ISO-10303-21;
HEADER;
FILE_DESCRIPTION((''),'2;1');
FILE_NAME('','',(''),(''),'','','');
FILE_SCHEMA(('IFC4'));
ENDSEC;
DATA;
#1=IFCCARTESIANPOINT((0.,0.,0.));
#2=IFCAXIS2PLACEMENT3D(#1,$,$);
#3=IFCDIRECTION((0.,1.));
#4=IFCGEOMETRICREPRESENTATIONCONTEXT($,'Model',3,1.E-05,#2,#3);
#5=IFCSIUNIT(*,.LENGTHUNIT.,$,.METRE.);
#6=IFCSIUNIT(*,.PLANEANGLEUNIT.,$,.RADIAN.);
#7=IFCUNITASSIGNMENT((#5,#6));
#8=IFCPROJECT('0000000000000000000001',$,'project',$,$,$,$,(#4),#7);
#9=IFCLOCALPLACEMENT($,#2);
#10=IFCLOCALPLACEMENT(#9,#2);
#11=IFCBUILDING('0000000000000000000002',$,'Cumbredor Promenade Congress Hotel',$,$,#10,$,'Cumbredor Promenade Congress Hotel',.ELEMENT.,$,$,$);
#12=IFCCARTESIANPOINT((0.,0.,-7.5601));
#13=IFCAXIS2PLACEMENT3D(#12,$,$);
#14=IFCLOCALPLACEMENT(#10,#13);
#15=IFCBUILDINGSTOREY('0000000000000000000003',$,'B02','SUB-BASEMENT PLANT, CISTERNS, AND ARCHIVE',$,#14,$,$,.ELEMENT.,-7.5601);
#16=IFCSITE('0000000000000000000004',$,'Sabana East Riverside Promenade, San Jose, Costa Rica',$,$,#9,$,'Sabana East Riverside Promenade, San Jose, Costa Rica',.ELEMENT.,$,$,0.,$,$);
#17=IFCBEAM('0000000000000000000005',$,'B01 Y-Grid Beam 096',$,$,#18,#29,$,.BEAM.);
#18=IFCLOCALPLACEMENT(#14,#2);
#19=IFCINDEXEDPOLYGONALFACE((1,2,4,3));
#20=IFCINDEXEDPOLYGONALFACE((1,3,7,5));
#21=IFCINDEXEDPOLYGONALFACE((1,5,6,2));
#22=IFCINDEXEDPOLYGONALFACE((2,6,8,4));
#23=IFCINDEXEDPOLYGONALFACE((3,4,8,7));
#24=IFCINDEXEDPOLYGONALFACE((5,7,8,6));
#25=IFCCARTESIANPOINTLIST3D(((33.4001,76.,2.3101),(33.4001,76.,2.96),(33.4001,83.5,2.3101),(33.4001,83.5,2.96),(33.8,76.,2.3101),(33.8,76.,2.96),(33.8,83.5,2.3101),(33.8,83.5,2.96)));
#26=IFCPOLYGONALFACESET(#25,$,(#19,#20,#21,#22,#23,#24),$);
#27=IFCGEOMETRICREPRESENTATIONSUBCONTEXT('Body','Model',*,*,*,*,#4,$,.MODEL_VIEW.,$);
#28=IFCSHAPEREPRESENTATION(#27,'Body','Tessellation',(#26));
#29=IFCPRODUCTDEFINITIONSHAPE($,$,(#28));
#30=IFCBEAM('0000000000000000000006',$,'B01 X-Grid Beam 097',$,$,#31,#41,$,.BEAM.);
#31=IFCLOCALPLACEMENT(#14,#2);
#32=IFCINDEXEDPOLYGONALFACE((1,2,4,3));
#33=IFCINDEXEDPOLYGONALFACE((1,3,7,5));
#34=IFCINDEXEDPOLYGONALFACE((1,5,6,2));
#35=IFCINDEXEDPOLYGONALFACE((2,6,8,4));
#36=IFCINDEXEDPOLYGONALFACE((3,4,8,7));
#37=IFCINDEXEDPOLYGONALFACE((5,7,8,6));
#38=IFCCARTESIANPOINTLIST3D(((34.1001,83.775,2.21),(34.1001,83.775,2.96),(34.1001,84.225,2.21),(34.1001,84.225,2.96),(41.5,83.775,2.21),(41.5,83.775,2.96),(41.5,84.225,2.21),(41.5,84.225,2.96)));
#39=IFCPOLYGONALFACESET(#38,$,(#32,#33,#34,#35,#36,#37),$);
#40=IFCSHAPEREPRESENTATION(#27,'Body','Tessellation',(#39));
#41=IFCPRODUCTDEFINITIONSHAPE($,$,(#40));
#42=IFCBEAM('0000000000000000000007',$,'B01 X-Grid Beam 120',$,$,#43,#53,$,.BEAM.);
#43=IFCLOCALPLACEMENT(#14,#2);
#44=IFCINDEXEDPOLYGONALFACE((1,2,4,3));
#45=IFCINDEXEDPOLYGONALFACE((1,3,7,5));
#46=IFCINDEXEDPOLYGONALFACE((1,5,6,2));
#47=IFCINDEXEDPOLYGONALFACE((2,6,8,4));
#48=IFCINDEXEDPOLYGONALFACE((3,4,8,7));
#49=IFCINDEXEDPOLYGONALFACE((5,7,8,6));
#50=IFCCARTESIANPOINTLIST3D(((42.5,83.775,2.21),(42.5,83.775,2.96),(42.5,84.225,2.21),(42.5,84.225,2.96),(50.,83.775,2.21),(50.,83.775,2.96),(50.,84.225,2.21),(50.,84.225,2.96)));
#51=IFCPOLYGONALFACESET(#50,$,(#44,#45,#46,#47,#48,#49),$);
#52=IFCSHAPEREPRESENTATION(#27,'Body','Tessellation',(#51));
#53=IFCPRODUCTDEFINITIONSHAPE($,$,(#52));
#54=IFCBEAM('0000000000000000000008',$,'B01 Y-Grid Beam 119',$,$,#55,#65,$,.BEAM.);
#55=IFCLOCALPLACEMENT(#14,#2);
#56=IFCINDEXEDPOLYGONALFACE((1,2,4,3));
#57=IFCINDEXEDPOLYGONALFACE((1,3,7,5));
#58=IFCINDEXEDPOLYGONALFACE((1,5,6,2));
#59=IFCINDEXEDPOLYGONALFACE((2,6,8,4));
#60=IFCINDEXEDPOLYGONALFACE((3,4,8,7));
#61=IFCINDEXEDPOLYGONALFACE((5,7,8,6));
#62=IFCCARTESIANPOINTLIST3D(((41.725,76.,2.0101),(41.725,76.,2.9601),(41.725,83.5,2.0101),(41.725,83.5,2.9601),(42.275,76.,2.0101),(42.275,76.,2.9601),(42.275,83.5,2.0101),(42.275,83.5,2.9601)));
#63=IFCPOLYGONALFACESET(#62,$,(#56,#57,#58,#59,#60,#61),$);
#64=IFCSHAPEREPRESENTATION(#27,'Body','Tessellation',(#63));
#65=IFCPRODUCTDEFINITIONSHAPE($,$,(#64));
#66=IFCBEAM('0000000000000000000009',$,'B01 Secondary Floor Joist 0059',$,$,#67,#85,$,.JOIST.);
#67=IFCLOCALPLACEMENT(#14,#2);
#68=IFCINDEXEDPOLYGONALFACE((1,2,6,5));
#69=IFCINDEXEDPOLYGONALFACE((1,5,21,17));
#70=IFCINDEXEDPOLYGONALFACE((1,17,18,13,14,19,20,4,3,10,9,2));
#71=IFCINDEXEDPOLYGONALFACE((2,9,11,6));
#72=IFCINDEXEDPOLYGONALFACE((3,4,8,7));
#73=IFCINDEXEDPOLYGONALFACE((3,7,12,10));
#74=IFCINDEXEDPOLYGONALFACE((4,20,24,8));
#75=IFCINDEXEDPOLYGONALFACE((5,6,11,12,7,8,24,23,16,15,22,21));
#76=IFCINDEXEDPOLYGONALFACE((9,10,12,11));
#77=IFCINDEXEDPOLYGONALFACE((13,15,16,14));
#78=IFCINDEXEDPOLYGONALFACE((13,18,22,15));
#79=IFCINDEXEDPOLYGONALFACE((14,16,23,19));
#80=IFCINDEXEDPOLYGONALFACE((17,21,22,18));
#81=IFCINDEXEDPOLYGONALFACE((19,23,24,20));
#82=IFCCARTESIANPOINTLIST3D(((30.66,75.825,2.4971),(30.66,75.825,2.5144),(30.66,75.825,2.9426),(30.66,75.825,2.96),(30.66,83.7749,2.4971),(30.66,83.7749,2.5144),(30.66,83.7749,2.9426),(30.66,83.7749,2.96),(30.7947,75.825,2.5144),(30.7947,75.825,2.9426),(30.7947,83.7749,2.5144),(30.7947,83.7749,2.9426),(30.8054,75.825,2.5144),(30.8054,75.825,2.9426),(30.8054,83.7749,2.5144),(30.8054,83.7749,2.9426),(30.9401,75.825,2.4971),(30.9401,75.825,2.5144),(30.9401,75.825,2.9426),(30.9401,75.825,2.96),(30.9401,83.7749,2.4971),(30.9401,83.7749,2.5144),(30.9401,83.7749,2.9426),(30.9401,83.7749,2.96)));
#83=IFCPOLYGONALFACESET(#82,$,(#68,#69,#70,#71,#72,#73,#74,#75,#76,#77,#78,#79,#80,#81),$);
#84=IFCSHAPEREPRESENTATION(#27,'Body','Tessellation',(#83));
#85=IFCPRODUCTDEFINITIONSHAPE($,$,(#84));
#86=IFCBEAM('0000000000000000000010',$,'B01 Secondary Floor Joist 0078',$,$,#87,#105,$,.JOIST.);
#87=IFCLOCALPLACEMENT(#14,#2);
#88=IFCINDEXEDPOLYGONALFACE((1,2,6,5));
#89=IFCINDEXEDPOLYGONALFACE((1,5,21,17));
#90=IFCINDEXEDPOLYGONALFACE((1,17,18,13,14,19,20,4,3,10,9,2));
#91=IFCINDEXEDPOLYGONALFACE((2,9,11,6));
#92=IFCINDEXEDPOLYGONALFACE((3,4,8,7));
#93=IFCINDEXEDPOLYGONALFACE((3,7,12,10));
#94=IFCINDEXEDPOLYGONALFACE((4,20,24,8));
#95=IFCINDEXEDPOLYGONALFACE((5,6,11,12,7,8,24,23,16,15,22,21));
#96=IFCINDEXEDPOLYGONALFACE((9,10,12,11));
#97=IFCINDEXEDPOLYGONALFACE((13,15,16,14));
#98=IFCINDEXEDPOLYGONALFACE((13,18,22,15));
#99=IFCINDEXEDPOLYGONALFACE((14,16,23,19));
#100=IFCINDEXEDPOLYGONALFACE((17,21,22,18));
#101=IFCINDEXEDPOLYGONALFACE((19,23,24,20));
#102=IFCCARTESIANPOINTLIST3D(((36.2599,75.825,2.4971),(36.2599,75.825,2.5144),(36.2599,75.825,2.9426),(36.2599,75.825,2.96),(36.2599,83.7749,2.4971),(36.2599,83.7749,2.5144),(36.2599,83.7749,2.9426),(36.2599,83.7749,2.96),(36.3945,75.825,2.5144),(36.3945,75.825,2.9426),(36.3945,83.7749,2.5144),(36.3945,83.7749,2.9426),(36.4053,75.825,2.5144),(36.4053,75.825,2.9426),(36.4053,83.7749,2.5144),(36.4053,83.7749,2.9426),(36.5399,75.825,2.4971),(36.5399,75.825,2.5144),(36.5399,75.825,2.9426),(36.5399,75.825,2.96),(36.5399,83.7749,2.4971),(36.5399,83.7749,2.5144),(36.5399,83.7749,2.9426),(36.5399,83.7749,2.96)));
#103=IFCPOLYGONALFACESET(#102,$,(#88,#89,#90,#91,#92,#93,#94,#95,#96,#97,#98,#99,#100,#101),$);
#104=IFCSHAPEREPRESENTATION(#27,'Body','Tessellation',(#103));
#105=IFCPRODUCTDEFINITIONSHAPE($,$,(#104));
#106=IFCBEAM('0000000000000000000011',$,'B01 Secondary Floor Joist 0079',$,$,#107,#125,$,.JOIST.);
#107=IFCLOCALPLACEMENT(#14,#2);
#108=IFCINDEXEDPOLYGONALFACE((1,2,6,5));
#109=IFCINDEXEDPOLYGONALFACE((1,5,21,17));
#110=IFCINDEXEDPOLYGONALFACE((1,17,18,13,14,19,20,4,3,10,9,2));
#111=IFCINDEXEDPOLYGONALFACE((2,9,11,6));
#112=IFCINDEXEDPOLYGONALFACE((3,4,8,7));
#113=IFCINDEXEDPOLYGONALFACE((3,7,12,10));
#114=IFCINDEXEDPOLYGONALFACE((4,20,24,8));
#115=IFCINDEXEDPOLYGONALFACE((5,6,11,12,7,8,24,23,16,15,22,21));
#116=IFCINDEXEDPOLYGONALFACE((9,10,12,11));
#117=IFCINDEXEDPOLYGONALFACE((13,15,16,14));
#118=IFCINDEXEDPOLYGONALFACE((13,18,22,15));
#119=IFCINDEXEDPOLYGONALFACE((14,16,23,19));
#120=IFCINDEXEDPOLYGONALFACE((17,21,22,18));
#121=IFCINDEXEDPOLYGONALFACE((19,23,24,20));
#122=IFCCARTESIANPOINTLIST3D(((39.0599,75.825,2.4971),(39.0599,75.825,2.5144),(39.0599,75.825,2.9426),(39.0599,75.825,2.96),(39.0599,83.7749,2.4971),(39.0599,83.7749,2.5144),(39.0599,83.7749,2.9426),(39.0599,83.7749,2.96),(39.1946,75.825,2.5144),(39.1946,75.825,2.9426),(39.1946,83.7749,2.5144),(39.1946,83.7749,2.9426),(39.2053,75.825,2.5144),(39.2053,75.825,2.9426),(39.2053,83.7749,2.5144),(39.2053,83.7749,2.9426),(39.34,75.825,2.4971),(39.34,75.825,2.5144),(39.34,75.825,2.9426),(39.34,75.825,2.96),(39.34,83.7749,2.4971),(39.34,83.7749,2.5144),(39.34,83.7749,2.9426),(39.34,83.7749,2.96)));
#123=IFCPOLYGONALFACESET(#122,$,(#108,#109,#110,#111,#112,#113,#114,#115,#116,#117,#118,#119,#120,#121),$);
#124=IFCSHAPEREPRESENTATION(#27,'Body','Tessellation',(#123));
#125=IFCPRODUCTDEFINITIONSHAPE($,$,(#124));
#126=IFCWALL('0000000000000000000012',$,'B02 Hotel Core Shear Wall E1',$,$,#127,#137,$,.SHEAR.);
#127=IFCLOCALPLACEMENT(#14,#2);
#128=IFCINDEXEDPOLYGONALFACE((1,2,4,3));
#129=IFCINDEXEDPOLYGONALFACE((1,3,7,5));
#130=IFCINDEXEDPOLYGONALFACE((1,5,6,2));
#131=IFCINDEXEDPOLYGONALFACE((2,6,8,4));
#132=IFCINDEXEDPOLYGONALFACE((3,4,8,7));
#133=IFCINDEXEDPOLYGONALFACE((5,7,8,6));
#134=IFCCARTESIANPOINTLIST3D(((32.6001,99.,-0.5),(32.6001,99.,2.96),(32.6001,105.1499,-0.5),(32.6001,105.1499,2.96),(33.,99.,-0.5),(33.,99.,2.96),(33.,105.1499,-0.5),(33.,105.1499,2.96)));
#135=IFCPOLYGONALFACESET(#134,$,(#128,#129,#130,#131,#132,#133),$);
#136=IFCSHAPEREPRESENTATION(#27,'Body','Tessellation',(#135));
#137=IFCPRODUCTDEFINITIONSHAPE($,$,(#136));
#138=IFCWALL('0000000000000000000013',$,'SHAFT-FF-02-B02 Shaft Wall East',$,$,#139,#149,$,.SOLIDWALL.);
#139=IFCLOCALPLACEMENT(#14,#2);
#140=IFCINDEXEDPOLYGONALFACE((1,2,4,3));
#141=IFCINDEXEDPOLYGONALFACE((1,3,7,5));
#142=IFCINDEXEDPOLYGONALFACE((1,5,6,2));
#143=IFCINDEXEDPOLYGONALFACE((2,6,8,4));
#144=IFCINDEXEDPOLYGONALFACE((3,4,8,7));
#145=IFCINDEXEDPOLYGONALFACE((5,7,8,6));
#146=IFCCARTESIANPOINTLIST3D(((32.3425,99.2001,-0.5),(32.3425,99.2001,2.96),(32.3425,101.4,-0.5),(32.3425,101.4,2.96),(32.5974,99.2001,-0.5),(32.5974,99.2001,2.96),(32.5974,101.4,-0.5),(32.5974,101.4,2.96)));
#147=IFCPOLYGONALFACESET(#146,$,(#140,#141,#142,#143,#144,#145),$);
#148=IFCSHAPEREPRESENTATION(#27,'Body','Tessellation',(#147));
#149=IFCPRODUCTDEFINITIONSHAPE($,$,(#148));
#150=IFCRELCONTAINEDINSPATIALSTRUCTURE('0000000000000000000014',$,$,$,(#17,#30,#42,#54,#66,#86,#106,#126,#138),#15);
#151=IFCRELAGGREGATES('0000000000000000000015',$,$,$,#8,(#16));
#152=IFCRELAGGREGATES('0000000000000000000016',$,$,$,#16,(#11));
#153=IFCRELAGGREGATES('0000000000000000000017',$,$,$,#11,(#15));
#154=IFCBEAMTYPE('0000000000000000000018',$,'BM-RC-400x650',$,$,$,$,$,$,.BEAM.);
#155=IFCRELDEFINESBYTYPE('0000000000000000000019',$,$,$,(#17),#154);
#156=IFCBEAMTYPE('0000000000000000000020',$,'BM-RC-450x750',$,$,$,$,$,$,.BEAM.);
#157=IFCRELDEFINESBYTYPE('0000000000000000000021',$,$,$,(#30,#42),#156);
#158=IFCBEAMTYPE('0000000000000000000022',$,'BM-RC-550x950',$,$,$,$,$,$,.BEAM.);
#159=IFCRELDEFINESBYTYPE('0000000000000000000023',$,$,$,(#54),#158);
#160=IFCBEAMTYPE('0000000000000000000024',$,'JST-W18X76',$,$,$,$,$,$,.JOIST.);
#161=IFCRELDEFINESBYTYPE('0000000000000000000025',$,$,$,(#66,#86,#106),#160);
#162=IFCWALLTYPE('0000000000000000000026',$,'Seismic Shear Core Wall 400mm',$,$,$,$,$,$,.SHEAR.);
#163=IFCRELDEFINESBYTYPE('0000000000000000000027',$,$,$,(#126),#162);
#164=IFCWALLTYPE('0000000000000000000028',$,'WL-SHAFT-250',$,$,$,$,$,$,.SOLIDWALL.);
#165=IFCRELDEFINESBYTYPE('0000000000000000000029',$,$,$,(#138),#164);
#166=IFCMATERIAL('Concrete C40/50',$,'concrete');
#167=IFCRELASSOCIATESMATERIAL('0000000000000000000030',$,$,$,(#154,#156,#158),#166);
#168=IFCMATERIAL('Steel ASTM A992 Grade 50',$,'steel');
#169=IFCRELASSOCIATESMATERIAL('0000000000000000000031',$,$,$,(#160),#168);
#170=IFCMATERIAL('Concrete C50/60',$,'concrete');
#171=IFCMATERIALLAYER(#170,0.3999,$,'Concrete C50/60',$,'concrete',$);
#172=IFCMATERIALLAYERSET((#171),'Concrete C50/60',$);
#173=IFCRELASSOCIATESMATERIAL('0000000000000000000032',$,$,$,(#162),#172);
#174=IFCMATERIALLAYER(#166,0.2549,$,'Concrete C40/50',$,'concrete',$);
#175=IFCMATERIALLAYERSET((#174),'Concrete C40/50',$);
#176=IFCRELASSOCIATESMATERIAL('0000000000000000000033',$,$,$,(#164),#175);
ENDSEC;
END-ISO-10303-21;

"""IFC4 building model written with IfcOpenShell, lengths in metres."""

from ifc_helpers import new_model, si_unit, direction, frame, frame_2d, origin, origin_2d, place, context, subcontext, project, spatial, rectangle, i_section, extrude, material, layer, layer_set, material_profile, profile_set, type_object, element, save


model = new_model("IFC4")

# Units and contexts
model_context = context("Model", 3, precision=1e-05, world=origin(), true_north=direction((0.0, 1.0)))
body_context = subcontext(model_context, "Body", "Model", "MODEL_VIEW")
ifc_project = project(units=[si_unit("LENGTHUNIT", "METRE"), si_unit("PLANEANGLEUNIT", "RADIAN")], contexts=[model_context])

# Site, building, storey
site_placement = place(None, origin())
site = spatial("IfcSite", under=ifc_project, at=site_placement, Name="Sabana East Riverside Promenade, San Jose, Costa Rica", LongName="Sabana East Riverside Promenade, San Jose, Costa Rica", CompositionType="ELEMENT", RefElevation=0.0)
building_placement = place(site_placement, origin())
building = spatial("IfcBuilding", under=site, at=building_placement, Name="Cumbredor Promenade Congress Hotel", LongName="Cumbredor Promenade Congress Hotel", CompositionType="ELEMENT")
storey_placement = place(building_placement, frame((0.0, 0.0, -7.5601)))
storey = spatial("IfcBuildingStorey", under=building, at=storey_placement, Name="B02", Description="SUB-BASEMENT PLANT, CISTERNS, AND ARCHIVE", CompositionType="ELEMENT", Elevation=-7.5601)

# Shared definitions
ifc_material_1 = material(Name="Concrete C40/50", Category="concrete")

# Shared definitions
ifc_material_2 = material(Name="Concrete C50/60", Category="concrete")

# Beams
ifc_material_profile_1 = material_profile(ifc_material_1, rectangle(XDim=0.3999, YDim=0.6499, at=origin_2d()), Name="RC BEAM 400x650")
ifc_profile_set_1 = profile_set([ifc_material_profile_1], Name="Concrete C40/50")
beam_type_1 = type_object("IfcBeamType", Name="BM-RC-400x650", PredefinedType="BEAM", material=ifc_profile_set_1)
beam_1_placement = place(storey_placement, frame((33.6001, 76.0, 2.635), z_axis=(0.0, 1.0, 0.0), x_axis=(-1.0, 0.0, 0.0)))
element("IfcBeam", 1, at=beam_1_placement, inside=storey, type_object=beam_type_1, Name="B01 Y-Grid Beam 096", PredefinedType="BEAM", context=body_context, shape_type="SweptSolid", body=[
    extrude(rectangle(XDim=0.3999, YDim=0.6499, at=origin_2d()), origin(), (0.0, 0.0, 1.0), 7.5),
])
ifc_material_profile_2 = material_profile(ifc_material_1, rectangle(XDim=0.45, YDim=0.75, at=origin_2d()), Name="RC BEAM 450x750")
ifc_profile_set_2 = profile_set([ifc_material_profile_2], Name="Concrete C40/50")
beam_type_2 = type_object("IfcBeamType", Name="BM-RC-450x750", PredefinedType="BEAM", material=ifc_profile_set_2)
beam_2_placement = place(storey_placement, frame((34.1001, 84.0, 2.585), z_axis=(1.0, 0.0, 0.0), x_axis=(0.0, 1.0, 0.0)))
element("IfcBeam", 2, at=beam_2_placement, inside=storey, type_object=beam_type_2, Name="B01 X-Grid Beam 097", PredefinedType="BEAM", context=body_context, shape_type="SweptSolid", body=[
    extrude(rectangle(XDim=0.45, YDim=0.75, at=origin_2d()), origin(), (0.0, 0.0, 1.0), 7.3999),
])
beam_3_placement = place(storey_placement, frame((42.5, 84.0, 2.585), z_axis=(1.0, 0.0, 0.0), x_axis=(0.0, 1.0, 0.0)))
element("IfcBeam", 3, at=beam_3_placement, inside=storey, type_object=beam_type_2, Name="B01 X-Grid Beam 120", PredefinedType="BEAM", context=body_context, shape_type="SweptSolid", body=[
    extrude(rectangle(XDim=0.45, YDim=0.75, at=origin_2d()), origin(), (0.0, 0.0, 1.0), 7.5),
])
ifc_material_profile_3 = material_profile(ifc_material_1, rectangle(XDim=0.55, YDim=0.95, at=origin_2d()), Name="RC BEAM 550x950")
ifc_profile_set_3 = profile_set([ifc_material_profile_3], Name="Concrete C40/50")
beam_type_3 = type_object("IfcBeamType", Name="BM-RC-550x950", PredefinedType="BEAM", material=ifc_profile_set_3)
beam_4_placement = place(storey_placement, frame((42.0, 76.0, 2.4851), z_axis=(0.0, 1.0, 0.0), x_axis=(-1.0, 0.0, 0.0)))
element("IfcBeam", 4, at=beam_4_placement, inside=storey, type_object=beam_type_3, Name="B01 Y-Grid Beam 119", PredefinedType="BEAM", context=body_context, shape_type="SweptSolid", body=[
    extrude(rectangle(XDim=0.55, YDim=0.95, at=origin_2d()), origin(), (0.0, 0.0, 1.0), 7.5),
])
ifc_material_3 = material(Name="Steel ASTM A992 Grade 50", Category="steel")
ifc_material_profile_4 = material_profile(ifc_material_3, i_section(OverallWidth=0.28, OverallDepth=0.4629, WebThickness=0.0107, FlangeThickness=0.0173, at=origin_2d()), Name="W18X76")
ifc_profile_set_4 = profile_set([ifc_material_profile_4], Name="Steel ASTM A992 Grade 50")
beam_type_4 = type_object("IfcBeamType", Name="JST-W18X76", PredefinedType="JOIST", material=ifc_profile_set_4)
for number, where, z_axis, x_axis, name in (
    (5, (30.8, 75.825, 2.7285), (0.0, 1.0, 0.0), (-1.0, 0.0, 0.0), "B01 Secondary Floor Joist 0059"),
    (6, (36.3999, 75.825, 2.7285), (0.0, 1.0, 0.0), (-1.0, 0.0, 0.0), "B01 Secondary Floor Joist 0078"),
    (7, (39.2, 75.825, 2.7285), (0.0, 1.0, 0.0), (-1.0, 0.0, 0.0), "B01 Secondary Floor Joist 0079"),
):
    element("IfcBeam", number, at=place(storey_placement, frame(where, z_axis=z_axis, x_axis=x_axis)), inside=storey, type_object=beam_type_4, Name=name, PredefinedType="JOIST", context=body_context, shape_type="SweptSolid", body=[
        extrude(i_section(OverallWidth=0.28, OverallDepth=0.4629, WebThickness=0.0107, FlangeThickness=0.0173, at=origin_2d()), origin(), (0.0, 0.0, 1.0), 7.95),
    ])

# Walls
ifc_layer_1 = layer(ifc_material_2, 0.3999, Name="Concrete C50/60", Category="concrete")
ifc_layer_set_1 = layer_set([ifc_layer_1], Name="Concrete C50/60")
wall_type_1 = type_object("IfcWallType", Name="Seismic Shear Core Wall 400mm", PredefinedType="SHEAR", material=ifc_layer_set_1)
wall_1_placement = place(storey_placement, frame((32.8, 99.0, -0.5), z_axis=(0.0, 0.0, 1.0), x_axis=(0.0, 1.0, 0.0)))
element("IfcWall", 8, at=wall_1_placement, inside=storey, type_object=wall_type_1, Name="B02 Hotel Core Shear Wall E1", PredefinedType="SHEAR", context=body_context, shape_type="SweptSolid", body=[
    extrude(rectangle(XDim=6.1499, YDim=0.3999, at=frame_2d((3.075, 0.0))), origin(), (0.0, 0.0, 1.0), 3.46),
])
ifc_layer_2 = layer(ifc_material_1, 0.2549, Name="Concrete C40/50", Category="concrete")
ifc_layer_set_2 = layer_set([ifc_layer_2], Name="Concrete C40/50")
wall_type_2 = type_object("IfcWallType", Name="WL-SHAFT-250", PredefinedType="SOLIDWALL", material=ifc_layer_set_2)
wall_2_placement = place(storey_placement, frame((32.47, 99.2, -0.5), z_axis=(0.0, 0.0, 1.0), x_axis=(0.0, 1.0, 0.0)))
element("IfcWall", 9, at=wall_2_placement, inside=storey, type_object=wall_type_2, Name="SHAFT-FF-02-B02 Shaft Wall East", PredefinedType="SOLIDWALL", context=body_context, shape_type="SweptSolid", body=[
    extrude(rectangle(XDim=2.2, YDim=0.2549, at=frame_2d((1.1001, 0.0))), origin(), (0.0, 0.0, 1.0), 3.46),
])

save(model, "model.ifc")
